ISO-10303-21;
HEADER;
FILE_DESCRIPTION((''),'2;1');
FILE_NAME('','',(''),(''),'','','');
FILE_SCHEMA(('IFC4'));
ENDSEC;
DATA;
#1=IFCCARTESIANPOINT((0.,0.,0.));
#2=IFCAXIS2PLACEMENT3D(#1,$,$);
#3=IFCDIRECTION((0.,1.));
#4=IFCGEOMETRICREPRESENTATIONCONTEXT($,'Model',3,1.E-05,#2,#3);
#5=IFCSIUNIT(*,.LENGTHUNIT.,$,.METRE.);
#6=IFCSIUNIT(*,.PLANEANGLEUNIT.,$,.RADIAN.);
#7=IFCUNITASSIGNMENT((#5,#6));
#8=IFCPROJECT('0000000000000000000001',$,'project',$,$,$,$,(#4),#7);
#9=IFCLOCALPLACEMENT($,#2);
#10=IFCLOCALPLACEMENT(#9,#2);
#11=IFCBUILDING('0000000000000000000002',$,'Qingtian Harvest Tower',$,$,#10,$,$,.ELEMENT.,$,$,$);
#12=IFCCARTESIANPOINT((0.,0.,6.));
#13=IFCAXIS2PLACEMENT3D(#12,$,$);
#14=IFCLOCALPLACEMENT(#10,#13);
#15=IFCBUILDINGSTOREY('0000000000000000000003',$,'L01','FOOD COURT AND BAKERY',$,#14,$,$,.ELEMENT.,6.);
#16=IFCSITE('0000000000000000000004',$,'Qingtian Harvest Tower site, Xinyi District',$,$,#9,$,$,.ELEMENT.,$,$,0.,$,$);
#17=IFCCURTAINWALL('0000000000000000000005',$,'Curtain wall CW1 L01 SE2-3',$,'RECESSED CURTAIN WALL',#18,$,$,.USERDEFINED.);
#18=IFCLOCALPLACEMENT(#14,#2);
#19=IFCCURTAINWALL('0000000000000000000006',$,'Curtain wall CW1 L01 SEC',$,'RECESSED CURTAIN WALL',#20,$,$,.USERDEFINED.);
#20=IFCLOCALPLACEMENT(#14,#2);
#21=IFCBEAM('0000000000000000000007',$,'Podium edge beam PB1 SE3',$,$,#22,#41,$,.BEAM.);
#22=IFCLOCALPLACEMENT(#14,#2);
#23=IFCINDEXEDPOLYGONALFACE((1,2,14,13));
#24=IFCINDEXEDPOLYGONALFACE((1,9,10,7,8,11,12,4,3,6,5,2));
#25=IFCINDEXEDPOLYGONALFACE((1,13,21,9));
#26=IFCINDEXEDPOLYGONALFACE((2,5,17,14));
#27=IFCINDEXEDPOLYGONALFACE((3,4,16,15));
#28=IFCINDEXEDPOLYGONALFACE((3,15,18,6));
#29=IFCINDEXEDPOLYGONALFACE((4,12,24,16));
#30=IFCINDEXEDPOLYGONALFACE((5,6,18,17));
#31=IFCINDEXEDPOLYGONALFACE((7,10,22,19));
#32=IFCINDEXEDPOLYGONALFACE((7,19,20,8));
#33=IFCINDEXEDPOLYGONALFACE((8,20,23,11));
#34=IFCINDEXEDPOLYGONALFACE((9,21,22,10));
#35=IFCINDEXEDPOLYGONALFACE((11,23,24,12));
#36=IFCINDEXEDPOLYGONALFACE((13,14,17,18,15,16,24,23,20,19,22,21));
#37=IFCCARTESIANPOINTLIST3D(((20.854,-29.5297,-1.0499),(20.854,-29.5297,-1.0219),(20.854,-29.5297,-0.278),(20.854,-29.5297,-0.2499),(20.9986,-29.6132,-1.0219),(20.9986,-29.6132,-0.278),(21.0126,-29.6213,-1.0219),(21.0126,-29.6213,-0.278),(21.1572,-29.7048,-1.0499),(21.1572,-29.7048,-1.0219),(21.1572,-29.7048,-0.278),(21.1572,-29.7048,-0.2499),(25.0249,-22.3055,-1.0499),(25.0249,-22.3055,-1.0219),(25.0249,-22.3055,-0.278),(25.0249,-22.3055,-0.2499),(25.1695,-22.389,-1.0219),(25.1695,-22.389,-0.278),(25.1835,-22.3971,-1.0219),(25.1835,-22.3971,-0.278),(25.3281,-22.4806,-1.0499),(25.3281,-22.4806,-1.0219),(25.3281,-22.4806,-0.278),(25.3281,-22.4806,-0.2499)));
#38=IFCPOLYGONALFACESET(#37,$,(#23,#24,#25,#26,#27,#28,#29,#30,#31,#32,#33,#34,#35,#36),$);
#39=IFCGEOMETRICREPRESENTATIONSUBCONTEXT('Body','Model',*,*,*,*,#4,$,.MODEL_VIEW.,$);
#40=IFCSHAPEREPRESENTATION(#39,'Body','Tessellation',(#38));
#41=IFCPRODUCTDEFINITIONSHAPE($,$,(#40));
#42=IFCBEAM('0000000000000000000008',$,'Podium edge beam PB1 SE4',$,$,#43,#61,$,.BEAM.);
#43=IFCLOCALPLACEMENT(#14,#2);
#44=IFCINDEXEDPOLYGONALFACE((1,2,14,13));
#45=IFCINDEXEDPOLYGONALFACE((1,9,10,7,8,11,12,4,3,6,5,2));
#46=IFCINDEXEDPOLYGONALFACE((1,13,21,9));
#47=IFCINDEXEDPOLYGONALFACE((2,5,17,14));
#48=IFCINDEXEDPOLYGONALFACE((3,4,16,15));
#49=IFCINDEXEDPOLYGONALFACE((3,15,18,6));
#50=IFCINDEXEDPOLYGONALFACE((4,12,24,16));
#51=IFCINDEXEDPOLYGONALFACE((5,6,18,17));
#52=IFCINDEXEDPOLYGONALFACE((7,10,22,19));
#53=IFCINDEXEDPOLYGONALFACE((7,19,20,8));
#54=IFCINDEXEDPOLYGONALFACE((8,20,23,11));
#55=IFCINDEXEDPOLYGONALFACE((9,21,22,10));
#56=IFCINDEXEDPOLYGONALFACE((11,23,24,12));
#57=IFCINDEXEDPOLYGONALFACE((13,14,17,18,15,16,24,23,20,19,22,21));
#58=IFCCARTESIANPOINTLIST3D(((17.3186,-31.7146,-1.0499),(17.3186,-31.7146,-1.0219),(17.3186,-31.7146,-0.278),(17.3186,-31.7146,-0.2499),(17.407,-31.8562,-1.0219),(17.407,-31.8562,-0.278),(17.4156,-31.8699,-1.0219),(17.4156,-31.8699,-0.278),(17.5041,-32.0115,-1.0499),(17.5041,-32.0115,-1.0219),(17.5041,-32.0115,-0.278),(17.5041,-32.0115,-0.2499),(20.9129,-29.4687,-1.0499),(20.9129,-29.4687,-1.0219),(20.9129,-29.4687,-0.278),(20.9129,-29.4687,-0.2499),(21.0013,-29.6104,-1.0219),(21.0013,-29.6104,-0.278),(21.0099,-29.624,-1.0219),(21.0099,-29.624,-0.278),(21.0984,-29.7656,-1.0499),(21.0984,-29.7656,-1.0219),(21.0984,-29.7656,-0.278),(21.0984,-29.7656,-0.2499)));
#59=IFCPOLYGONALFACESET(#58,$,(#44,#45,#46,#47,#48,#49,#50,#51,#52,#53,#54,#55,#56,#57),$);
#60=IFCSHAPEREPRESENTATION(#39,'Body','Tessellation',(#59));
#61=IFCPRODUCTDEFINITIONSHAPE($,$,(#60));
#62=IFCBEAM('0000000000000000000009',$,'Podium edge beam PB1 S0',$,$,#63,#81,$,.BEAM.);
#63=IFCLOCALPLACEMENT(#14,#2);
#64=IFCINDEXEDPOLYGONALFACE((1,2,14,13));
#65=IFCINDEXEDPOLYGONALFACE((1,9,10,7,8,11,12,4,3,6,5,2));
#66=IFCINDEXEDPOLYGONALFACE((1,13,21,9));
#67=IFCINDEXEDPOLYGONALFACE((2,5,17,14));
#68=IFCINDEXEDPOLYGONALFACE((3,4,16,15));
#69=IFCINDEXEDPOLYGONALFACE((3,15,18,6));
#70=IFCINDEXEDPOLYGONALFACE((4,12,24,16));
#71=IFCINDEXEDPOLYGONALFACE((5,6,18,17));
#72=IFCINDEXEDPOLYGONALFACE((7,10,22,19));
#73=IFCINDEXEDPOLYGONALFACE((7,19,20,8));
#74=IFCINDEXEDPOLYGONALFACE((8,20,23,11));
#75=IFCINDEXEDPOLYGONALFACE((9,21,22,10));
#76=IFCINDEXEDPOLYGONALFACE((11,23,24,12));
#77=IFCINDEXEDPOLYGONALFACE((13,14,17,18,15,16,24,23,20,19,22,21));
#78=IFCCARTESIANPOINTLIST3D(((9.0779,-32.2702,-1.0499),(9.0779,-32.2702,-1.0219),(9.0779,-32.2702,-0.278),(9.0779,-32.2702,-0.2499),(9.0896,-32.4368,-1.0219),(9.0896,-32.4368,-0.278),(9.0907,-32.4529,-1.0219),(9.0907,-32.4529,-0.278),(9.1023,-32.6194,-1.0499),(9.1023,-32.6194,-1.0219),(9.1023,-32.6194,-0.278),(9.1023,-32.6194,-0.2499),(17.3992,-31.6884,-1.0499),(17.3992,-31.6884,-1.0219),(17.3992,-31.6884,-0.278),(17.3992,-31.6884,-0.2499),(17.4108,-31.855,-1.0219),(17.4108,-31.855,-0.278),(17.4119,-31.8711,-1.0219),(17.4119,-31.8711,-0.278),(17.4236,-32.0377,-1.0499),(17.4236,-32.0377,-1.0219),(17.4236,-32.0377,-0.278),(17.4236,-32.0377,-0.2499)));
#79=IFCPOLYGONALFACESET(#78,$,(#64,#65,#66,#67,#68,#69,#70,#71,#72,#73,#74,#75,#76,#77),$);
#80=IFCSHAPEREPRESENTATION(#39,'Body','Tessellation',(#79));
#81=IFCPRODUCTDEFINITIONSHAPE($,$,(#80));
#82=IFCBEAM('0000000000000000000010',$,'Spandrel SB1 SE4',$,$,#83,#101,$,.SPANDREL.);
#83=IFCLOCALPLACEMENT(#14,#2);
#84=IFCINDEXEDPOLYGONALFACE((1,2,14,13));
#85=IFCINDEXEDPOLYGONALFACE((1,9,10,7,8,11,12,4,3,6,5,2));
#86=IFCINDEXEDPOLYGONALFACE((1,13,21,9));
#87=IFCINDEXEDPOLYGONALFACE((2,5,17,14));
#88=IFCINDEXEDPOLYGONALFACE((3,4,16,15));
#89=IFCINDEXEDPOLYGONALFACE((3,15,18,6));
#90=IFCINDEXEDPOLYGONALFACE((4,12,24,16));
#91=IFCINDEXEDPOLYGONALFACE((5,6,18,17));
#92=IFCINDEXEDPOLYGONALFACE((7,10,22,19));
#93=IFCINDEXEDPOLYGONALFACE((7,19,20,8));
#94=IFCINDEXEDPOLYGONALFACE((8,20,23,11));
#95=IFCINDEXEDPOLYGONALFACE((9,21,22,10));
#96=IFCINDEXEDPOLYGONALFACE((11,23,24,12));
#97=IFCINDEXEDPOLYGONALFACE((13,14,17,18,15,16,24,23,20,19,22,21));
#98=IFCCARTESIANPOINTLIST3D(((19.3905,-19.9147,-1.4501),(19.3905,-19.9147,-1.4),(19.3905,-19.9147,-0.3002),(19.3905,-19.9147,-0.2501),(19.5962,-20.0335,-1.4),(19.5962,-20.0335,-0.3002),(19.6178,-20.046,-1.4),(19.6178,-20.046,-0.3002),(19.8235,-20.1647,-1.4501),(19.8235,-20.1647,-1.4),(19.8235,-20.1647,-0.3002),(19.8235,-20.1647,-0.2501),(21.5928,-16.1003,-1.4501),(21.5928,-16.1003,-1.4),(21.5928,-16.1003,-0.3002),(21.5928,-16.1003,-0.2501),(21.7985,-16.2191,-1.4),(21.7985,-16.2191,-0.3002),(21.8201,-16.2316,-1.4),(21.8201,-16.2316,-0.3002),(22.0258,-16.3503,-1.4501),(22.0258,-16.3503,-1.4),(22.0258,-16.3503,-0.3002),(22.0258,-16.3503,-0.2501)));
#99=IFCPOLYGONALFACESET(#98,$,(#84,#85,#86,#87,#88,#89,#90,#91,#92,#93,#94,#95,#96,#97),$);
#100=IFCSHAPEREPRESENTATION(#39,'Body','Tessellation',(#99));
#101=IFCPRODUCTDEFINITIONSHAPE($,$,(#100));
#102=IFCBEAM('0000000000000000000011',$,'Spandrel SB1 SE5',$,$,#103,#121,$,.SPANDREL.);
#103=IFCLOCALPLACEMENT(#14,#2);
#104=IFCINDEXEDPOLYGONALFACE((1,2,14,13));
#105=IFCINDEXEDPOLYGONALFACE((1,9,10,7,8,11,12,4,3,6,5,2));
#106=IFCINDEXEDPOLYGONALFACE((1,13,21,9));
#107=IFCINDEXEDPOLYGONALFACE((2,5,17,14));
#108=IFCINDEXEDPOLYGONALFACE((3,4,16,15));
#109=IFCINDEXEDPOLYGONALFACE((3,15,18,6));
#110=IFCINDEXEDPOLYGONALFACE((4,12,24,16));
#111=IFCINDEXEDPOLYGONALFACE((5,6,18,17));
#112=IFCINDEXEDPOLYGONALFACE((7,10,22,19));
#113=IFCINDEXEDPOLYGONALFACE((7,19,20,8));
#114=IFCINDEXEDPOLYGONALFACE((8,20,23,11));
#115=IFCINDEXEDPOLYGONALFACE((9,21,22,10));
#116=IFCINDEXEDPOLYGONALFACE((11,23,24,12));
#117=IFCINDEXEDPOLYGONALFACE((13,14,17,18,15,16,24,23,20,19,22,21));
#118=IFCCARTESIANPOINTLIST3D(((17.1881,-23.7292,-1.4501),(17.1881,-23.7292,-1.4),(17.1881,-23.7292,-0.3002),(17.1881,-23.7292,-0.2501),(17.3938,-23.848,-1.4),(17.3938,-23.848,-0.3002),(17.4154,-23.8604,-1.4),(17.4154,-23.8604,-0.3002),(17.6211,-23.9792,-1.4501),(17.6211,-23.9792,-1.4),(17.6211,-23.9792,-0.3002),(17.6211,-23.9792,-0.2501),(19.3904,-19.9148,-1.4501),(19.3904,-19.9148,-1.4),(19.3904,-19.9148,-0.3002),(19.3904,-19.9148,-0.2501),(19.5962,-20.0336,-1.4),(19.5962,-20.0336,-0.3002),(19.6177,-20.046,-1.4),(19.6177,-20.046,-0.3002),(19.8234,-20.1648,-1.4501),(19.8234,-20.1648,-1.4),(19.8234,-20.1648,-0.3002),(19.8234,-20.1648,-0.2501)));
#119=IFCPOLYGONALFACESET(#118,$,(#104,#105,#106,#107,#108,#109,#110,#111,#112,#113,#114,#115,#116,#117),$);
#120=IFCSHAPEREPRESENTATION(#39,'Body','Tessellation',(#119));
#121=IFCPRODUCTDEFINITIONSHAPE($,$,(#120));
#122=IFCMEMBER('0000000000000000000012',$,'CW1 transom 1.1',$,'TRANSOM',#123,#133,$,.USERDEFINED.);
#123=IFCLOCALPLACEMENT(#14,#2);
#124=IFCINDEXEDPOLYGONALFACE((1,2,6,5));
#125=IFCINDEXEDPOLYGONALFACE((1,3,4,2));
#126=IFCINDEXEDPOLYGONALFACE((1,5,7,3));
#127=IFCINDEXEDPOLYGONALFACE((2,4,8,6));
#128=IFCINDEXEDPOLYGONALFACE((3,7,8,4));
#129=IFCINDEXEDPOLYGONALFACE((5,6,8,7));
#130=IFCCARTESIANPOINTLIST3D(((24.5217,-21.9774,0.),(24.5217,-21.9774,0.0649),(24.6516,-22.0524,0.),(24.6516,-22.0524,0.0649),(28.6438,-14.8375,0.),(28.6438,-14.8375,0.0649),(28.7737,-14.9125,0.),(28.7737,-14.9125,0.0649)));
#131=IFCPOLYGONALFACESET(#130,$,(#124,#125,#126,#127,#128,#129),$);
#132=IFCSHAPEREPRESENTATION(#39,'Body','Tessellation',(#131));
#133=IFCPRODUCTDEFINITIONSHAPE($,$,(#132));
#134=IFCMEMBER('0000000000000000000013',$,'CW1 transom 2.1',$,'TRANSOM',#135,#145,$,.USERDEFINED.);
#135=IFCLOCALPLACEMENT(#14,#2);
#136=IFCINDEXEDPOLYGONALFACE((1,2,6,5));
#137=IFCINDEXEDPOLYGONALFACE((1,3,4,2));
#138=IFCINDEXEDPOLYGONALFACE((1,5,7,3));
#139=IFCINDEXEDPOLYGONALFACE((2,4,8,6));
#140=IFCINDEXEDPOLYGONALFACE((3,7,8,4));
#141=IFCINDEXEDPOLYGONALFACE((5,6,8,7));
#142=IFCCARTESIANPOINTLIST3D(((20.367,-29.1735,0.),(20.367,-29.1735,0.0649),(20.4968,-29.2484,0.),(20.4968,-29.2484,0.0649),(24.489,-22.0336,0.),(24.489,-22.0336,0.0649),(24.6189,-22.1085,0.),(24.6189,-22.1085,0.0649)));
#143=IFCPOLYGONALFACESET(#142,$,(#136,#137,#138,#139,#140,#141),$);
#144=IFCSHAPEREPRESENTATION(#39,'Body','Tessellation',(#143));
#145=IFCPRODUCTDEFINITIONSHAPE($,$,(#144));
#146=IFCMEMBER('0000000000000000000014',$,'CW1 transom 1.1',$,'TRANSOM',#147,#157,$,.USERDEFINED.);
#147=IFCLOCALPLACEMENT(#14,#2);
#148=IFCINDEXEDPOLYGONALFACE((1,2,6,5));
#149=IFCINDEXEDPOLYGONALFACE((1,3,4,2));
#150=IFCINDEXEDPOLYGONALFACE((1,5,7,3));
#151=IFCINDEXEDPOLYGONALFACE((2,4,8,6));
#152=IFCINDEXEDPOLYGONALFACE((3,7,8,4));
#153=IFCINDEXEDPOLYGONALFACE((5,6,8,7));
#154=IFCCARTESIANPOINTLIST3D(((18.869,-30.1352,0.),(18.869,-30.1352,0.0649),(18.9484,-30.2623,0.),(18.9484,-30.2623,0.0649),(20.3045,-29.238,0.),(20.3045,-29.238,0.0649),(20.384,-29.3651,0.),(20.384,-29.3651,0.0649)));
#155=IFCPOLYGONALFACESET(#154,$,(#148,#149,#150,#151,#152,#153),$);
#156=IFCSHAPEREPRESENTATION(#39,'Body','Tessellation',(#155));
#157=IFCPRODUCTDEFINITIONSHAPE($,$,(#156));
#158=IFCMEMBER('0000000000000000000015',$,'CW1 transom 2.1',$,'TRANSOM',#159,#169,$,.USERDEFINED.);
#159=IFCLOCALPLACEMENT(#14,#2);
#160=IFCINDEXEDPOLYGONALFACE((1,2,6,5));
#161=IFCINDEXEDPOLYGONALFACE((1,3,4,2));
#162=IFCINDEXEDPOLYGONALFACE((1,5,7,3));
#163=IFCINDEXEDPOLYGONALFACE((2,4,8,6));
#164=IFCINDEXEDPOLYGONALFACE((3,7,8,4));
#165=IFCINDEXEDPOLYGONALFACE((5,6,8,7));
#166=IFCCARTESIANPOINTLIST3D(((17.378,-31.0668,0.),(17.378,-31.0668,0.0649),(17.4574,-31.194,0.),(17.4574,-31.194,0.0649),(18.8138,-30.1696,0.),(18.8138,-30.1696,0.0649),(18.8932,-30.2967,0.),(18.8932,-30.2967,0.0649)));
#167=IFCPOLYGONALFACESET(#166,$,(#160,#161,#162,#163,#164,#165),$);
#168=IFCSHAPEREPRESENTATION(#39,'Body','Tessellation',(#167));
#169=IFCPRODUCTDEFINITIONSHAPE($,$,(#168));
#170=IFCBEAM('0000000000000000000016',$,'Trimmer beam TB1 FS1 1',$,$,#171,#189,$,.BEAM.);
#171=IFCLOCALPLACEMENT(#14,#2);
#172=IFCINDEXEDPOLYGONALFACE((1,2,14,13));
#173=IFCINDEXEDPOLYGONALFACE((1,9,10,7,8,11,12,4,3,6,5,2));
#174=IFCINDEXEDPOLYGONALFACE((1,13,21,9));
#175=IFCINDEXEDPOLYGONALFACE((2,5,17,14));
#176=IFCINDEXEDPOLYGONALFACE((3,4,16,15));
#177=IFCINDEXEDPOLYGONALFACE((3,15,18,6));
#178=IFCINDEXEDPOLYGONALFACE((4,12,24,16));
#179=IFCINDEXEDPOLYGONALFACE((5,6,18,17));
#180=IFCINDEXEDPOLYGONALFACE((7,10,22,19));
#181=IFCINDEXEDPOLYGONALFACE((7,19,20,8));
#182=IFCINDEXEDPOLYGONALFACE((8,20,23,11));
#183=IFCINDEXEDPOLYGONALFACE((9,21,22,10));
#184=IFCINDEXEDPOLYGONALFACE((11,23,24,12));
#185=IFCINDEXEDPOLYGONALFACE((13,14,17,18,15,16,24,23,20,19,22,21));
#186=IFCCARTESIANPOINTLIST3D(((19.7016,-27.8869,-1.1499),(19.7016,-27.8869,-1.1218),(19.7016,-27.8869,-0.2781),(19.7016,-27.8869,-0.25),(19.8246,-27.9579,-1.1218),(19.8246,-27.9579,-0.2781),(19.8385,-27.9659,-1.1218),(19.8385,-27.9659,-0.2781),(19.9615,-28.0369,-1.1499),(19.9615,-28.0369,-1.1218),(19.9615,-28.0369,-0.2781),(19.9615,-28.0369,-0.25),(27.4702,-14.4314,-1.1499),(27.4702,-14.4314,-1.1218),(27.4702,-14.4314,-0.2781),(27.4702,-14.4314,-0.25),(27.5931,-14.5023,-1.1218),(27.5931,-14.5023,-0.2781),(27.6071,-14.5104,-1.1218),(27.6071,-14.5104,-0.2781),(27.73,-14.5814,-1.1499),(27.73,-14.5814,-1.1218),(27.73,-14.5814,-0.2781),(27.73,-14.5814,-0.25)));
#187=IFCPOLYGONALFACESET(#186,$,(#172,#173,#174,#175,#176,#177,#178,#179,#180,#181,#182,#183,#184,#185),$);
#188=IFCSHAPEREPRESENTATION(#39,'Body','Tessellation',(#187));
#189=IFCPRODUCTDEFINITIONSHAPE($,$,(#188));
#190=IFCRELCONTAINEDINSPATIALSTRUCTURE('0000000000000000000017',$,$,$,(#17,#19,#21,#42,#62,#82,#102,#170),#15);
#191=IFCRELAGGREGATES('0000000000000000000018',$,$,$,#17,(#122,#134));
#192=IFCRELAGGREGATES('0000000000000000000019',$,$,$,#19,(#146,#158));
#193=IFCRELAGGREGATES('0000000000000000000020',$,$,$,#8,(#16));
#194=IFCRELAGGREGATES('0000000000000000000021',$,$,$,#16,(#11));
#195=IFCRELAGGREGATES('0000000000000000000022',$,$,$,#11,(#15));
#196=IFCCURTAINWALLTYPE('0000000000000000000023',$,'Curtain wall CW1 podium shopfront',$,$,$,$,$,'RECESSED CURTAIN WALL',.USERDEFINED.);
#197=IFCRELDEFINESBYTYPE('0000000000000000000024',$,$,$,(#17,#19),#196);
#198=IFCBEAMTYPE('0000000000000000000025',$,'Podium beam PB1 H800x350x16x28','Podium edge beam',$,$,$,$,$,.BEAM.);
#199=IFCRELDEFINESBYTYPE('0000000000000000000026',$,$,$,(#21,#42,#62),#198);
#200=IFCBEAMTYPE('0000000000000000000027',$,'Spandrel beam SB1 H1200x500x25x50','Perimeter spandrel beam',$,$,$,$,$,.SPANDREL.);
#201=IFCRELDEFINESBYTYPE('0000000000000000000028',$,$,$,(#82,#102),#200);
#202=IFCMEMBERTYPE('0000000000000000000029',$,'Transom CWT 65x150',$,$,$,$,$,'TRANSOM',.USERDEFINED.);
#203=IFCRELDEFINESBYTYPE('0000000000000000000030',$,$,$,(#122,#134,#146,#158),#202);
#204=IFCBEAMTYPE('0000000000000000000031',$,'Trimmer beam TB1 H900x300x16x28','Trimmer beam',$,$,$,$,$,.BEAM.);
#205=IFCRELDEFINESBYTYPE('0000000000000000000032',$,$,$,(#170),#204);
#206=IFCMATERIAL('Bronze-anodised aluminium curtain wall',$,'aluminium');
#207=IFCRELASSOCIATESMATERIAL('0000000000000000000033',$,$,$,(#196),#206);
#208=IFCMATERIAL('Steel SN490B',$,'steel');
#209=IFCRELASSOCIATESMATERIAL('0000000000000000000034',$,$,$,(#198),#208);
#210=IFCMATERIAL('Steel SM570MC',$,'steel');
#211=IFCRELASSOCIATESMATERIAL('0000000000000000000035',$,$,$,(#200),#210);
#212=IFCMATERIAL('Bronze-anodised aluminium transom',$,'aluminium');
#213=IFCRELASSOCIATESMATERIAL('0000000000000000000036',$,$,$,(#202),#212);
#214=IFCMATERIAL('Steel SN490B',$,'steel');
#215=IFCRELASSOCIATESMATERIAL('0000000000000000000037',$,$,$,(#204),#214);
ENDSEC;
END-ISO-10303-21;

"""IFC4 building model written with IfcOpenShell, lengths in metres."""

from ifc_helpers import new_model, si_unit, direction, frame, origin, origin_2d, place, context, subcontext, project, spatial, rectangle, i_section, extrude, material, material_profile, profile_set, type_object, element, aggregate, save


model = new_model("IFC4")

# Units and contexts
model_context = context("Model", 3, precision=1e-05, world=origin(), true_north=direction((0.0, 1.0)))
body_context = subcontext(model_context, "Body", "Model", "MODEL_VIEW")
ifc_project = project(units=[si_unit("LENGTHUNIT", "METRE"), si_unit("PLANEANGLEUNIT", "RADIAN")], contexts=[model_context])

# Site, building, storey
site_placement = place(None, origin())
site = spatial("IfcSite", under=ifc_project, at=site_placement, Name="Qingtian Harvest Tower site, Xinyi District", CompositionType="ELEMENT", RefElevation=0.0)
building_placement = place(site_placement, origin())
building = spatial("IfcBuilding", under=site, at=building_placement, Name="Qingtian Harvest Tower", CompositionType="ELEMENT")
storey_placement = place(building_placement, frame((0.0, 0.0, 6.0)))
storey = spatial("IfcBuildingStorey", under=building, at=storey_placement, Name="L01", Description="FOOD COURT AND BAKERY", CompositionType="ELEMENT", Elevation=6.0)

# Curtain walls
ifc_material_1 = material(Name="Bronze-anodised aluminium curtain wall", Category="aluminium")
curtain_wall_type = type_object("IfcCurtainWallType", Name="Curtain wall CW1 podium shopfront", ElementType="RECESSED CURTAIN WALL", PredefinedType="USERDEFINED", material=ifc_material_1)
curtain_wall_1_placement = place(storey_placement, origin())
curtain_wall_1 = element("IfcCurtainWall", 1, at=curtain_wall_1_placement, inside=storey, type_object=curtain_wall_type, Name="Curtain wall CW1 L01 SE2-3", ObjectType="RECESSED CURTAIN WALL", PredefinedType="USERDEFINED")
curtain_wall_2_placement = place(storey_placement, origin())
curtain_wall_2 = element("IfcCurtainWall", 2, at=curtain_wall_2_placement, inside=storey, type_object=curtain_wall_type, Name="Curtain wall CW1 L01 SEC", ObjectType="RECESSED CURTAIN WALL", PredefinedType="USERDEFINED")

# Beams
ifc_material_2 = material(Name="Steel SN490B", Category="steel")
ifc_material_profile_1 = material_profile(ifc_material_2, i_section(OverallWidth=0.3501, OverallDepth=0.8, WebThickness=0.0161, FlangeThickness=0.0281, at=origin_2d()), Name="H800x350x16x28")
ifc_profile_set_1 = profile_set([ifc_material_profile_1], Name="Steel SN490B")
beam_type_1 = type_object("IfcBeamType", Name="Podium beam PB1 H800x350x16x28", Description="Podium edge beam", PredefinedType="BEAM", material=ifc_profile_set_1)
beam_1_placement = place(storey_placement, frame((25.1765, -22.3931, -0.6499), z_axis=(-0.500005, -0.866023, 0.0), x_axis=(0.866023, -0.500005, 0.0)))
element("IfcBeam", 3, at=beam_1_placement, inside=storey, type_object=beam_type_1, Name="Podium edge beam PB1 SE3", PredefinedType="BEAM", context=body_context, shape_type="SweptSolid", body=[
    extrude(i_section(OverallWidth=0.3501, OverallDepth=0.8, WebThickness=0.0161, FlangeThickness=0.0281, at=origin_2d()), origin(), (0.0, 0.0, 1.0), 8.3418),
])
beam_2_placement = place(storey_placement, frame((21.0056, -29.6172, -0.6499), z_axis=(-0.848057, -0.529906, 0.0), x_axis=(0.529906, -0.848057, 0.0)))
element("IfcBeam", 4, at=beam_2_placement, inside=storey, type_object=beam_type_1, Name="Podium edge beam PB1 SE4", PredefinedType="BEAM", context=body_context, shape_type="SweptSolid", body=[
    extrude(i_section(OverallWidth=0.3501, OverallDepth=0.8, WebThickness=0.0161, FlangeThickness=0.0281, at=origin_2d()), origin(), (0.0, 0.0, 1.0), 4.2383),
])
beam_3_placement = place(storey_placement, frame((17.4114, -31.863, -0.6499), z_axis=(-0.997565, -0.069745, 0.0), x_axis=(0.069745, -0.997565, 0.0)))
element("IfcBeam", 5, at=beam_3_placement, inside=storey, type_object=beam_type_1, Name="Podium edge beam PB1 S0", PredefinedType="BEAM", context=body_context, shape_type="SweptSolid", body=[
    extrude(i_section(OverallWidth=0.3501, OverallDepth=0.8, WebThickness=0.0161, FlangeThickness=0.0281, at=origin_2d()), origin(), (0.0, 0.0, 1.0), 8.3416),
])
ifc_material_3 = material(Name="Steel SM570MC", Category="steel")
ifc_material_profile_2 = material_profile(ifc_material_3, i_section(OverallWidth=0.5, OverallDepth=1.2, WebThickness=0.0249, FlangeThickness=0.05, at=origin_2d()), Name="H1200x500x25x50")
ifc_profile_set_2 = profile_set([ifc_material_profile_2], Name="Steel SM570MC")
beam_type_2 = type_object("IfcBeamType", Name="Spandrel beam SB1 H1200x500x25x50", Description="Perimeter spandrel beam", PredefinedType="SPANDREL", material=ifc_profile_set_2)
for number, where, z_axis, x_axis, name in (
    (6, (21.8093, -16.2253, -0.8501), (-0.50002, -0.866014, 0.0), (0.866014, -0.50002, 0.0), "Spandrel SB1 SE4"),
    (7, (19.6069, -20.0398, -0.8501), (-0.50002, -0.866014, 0.0), (0.866014, -0.50002, 0.0), "Spandrel SB1 SE5"),
):
    element("IfcBeam", number, at=place(storey_placement, frame(where, z_axis=z_axis, x_axis=x_axis)), inside=storey, type_object=beam_type_2, Name=name, PredefinedType="SPANDREL", context=body_context, shape_type="SweptSolid", body=[
        extrude(i_section(OverallWidth=0.5, OverallDepth=1.2, WebThickness=0.0249, FlangeThickness=0.05, at=origin_2d()), origin(), (0.0, 0.0, 1.0), 4.4045),
    ])

# Members
ifc_material_4 = material(Name="Bronze-anodised aluminium transom", Category="aluminium")
ifc_material_profile_3 = material_profile(ifc_material_4, rectangle(XDim=0.1499, YDim=0.0649, at=origin_2d()), Name="AL 65x150")
ifc_profile_set_3 = profile_set([ifc_material_profile_3], Name="Bronze-anodised aluminium transom")
member_type_1 = type_object("IfcMemberType", Name="Transom CWT 65x150", ElementType="TRANSOM", PredefinedType="USERDEFINED", material=ifc_profile_set_3)
member_1_placement = place(storey_placement, frame((28.7087, -14.875, 0.0325), z_axis=(-0.499986, -0.866033, 0.0), x_axis=(0.866033, -0.499986, 0.0)))
member_1 = element("IfcMember", 8, at=member_1_placement, type_object=member_type_1, Name="CW1 transom 1.1", ObjectType="TRANSOM", PredefinedType="USERDEFINED", context=body_context, shape_type="SweptSolid", body=[
    extrude(rectangle(XDim=0.1499, YDim=0.0649, at=origin_2d()), origin(), (0.0, 0.0, 1.0), 8.2444),
])
member_2_placement = place(storey_placement, frame((24.554, -22.071, 0.0325), z_axis=(-0.499986, -0.866033, 0.0), x_axis=(0.866033, -0.499986, 0.0)))
member_2 = element("IfcMember", 9, at=member_2_placement, type_object=member_type_1, Name="CW1 transom 2.1", ObjectType="TRANSOM", PredefinedType="USERDEFINED", context=body_context, shape_type="SweptSolid", body=[
    extrude(rectangle(XDim=0.1499, YDim=0.0649, at=origin_2d()), origin(), (0.0, 0.0, 1.0), 8.2444),
])
member_3_placement = place(storey_placement, frame((20.3442, -29.3015, 0.0325), z_axis=(-0.847998, -0.529999, 0.0), x_axis=(0.529999, -0.847998, 0.0)))
member_3 = element("IfcMember", 10, at=member_3_placement, type_object=member_type_1, Name="CW1 transom 1.1", ObjectType="TRANSOM", PredefinedType="USERDEFINED", context=body_context, shape_type="SweptSolid", body=[
    extrude(rectangle(XDim=0.1499, YDim=0.0649, at=origin_2d()), origin(), (0.0, 0.0, 1.0), 1.6929),
])
member_4_placement = place(storey_placement, frame((18.8535, -30.2332, 0.0325), z_axis=(-0.848039, -0.529934, 0.0), x_axis=(0.529934, -0.848039, 0.0)))
member_4 = element("IfcMember", 11, at=member_4_placement, type_object=member_type_1, Name="CW1 transom 2.1", ObjectType="TRANSOM", PredefinedType="USERDEFINED", context=body_context, shape_type="SweptSolid", body=[
    extrude(rectangle(XDim=0.1499, YDim=0.0649, at=origin_2d()), origin(), (0.0, 0.0, 1.0), 1.6931),
])

# Beam
ifc_material_5 = material(Name="Steel SN490B", Category="steel")
ifc_material_profile_4 = material_profile(ifc_material_5, i_section(OverallWidth=0.3, OverallDepth=0.8999, WebThickness=0.0161, FlangeThickness=0.0281, at=origin_2d()), Name="H900x300x16x28")
ifc_profile_set_4 = profile_set([ifc_material_profile_4], Name="Steel SN490B")
beam_type_3 = type_object("IfcBeamType", Name="Trimmer beam TB1 H900x300x16x28", Description="Trimmer beam", PredefinedType="BEAM", material=ifc_profile_set_4)
beam_4_placement = place(storey_placement, frame((19.8315, -27.9619, -0.7), z_axis=(0.499999, 0.866026, 0.0), x_axis=(-0.866026, 0.499999, 0.0)))
element("IfcBeam", 12, at=beam_4_placement, inside=storey, type_object=beam_type_3, Name="Trimmer beam TB1 FS1 1", PredefinedType="BEAM", context=body_context, shape_type="SweptSolid", body=[
    extrude(i_section(OverallWidth=0.3, OverallDepth=0.8999, WebThickness=0.0161, FlangeThickness=0.0281, at=origin_2d()), origin(), (0.0, 0.0, 1.0), 15.5371),
])

aggregate(curtain_wall_1, [member_1, member_2])
aggregate(curtain_wall_2, [member_3, member_4])

save(model, "model.ifc")
